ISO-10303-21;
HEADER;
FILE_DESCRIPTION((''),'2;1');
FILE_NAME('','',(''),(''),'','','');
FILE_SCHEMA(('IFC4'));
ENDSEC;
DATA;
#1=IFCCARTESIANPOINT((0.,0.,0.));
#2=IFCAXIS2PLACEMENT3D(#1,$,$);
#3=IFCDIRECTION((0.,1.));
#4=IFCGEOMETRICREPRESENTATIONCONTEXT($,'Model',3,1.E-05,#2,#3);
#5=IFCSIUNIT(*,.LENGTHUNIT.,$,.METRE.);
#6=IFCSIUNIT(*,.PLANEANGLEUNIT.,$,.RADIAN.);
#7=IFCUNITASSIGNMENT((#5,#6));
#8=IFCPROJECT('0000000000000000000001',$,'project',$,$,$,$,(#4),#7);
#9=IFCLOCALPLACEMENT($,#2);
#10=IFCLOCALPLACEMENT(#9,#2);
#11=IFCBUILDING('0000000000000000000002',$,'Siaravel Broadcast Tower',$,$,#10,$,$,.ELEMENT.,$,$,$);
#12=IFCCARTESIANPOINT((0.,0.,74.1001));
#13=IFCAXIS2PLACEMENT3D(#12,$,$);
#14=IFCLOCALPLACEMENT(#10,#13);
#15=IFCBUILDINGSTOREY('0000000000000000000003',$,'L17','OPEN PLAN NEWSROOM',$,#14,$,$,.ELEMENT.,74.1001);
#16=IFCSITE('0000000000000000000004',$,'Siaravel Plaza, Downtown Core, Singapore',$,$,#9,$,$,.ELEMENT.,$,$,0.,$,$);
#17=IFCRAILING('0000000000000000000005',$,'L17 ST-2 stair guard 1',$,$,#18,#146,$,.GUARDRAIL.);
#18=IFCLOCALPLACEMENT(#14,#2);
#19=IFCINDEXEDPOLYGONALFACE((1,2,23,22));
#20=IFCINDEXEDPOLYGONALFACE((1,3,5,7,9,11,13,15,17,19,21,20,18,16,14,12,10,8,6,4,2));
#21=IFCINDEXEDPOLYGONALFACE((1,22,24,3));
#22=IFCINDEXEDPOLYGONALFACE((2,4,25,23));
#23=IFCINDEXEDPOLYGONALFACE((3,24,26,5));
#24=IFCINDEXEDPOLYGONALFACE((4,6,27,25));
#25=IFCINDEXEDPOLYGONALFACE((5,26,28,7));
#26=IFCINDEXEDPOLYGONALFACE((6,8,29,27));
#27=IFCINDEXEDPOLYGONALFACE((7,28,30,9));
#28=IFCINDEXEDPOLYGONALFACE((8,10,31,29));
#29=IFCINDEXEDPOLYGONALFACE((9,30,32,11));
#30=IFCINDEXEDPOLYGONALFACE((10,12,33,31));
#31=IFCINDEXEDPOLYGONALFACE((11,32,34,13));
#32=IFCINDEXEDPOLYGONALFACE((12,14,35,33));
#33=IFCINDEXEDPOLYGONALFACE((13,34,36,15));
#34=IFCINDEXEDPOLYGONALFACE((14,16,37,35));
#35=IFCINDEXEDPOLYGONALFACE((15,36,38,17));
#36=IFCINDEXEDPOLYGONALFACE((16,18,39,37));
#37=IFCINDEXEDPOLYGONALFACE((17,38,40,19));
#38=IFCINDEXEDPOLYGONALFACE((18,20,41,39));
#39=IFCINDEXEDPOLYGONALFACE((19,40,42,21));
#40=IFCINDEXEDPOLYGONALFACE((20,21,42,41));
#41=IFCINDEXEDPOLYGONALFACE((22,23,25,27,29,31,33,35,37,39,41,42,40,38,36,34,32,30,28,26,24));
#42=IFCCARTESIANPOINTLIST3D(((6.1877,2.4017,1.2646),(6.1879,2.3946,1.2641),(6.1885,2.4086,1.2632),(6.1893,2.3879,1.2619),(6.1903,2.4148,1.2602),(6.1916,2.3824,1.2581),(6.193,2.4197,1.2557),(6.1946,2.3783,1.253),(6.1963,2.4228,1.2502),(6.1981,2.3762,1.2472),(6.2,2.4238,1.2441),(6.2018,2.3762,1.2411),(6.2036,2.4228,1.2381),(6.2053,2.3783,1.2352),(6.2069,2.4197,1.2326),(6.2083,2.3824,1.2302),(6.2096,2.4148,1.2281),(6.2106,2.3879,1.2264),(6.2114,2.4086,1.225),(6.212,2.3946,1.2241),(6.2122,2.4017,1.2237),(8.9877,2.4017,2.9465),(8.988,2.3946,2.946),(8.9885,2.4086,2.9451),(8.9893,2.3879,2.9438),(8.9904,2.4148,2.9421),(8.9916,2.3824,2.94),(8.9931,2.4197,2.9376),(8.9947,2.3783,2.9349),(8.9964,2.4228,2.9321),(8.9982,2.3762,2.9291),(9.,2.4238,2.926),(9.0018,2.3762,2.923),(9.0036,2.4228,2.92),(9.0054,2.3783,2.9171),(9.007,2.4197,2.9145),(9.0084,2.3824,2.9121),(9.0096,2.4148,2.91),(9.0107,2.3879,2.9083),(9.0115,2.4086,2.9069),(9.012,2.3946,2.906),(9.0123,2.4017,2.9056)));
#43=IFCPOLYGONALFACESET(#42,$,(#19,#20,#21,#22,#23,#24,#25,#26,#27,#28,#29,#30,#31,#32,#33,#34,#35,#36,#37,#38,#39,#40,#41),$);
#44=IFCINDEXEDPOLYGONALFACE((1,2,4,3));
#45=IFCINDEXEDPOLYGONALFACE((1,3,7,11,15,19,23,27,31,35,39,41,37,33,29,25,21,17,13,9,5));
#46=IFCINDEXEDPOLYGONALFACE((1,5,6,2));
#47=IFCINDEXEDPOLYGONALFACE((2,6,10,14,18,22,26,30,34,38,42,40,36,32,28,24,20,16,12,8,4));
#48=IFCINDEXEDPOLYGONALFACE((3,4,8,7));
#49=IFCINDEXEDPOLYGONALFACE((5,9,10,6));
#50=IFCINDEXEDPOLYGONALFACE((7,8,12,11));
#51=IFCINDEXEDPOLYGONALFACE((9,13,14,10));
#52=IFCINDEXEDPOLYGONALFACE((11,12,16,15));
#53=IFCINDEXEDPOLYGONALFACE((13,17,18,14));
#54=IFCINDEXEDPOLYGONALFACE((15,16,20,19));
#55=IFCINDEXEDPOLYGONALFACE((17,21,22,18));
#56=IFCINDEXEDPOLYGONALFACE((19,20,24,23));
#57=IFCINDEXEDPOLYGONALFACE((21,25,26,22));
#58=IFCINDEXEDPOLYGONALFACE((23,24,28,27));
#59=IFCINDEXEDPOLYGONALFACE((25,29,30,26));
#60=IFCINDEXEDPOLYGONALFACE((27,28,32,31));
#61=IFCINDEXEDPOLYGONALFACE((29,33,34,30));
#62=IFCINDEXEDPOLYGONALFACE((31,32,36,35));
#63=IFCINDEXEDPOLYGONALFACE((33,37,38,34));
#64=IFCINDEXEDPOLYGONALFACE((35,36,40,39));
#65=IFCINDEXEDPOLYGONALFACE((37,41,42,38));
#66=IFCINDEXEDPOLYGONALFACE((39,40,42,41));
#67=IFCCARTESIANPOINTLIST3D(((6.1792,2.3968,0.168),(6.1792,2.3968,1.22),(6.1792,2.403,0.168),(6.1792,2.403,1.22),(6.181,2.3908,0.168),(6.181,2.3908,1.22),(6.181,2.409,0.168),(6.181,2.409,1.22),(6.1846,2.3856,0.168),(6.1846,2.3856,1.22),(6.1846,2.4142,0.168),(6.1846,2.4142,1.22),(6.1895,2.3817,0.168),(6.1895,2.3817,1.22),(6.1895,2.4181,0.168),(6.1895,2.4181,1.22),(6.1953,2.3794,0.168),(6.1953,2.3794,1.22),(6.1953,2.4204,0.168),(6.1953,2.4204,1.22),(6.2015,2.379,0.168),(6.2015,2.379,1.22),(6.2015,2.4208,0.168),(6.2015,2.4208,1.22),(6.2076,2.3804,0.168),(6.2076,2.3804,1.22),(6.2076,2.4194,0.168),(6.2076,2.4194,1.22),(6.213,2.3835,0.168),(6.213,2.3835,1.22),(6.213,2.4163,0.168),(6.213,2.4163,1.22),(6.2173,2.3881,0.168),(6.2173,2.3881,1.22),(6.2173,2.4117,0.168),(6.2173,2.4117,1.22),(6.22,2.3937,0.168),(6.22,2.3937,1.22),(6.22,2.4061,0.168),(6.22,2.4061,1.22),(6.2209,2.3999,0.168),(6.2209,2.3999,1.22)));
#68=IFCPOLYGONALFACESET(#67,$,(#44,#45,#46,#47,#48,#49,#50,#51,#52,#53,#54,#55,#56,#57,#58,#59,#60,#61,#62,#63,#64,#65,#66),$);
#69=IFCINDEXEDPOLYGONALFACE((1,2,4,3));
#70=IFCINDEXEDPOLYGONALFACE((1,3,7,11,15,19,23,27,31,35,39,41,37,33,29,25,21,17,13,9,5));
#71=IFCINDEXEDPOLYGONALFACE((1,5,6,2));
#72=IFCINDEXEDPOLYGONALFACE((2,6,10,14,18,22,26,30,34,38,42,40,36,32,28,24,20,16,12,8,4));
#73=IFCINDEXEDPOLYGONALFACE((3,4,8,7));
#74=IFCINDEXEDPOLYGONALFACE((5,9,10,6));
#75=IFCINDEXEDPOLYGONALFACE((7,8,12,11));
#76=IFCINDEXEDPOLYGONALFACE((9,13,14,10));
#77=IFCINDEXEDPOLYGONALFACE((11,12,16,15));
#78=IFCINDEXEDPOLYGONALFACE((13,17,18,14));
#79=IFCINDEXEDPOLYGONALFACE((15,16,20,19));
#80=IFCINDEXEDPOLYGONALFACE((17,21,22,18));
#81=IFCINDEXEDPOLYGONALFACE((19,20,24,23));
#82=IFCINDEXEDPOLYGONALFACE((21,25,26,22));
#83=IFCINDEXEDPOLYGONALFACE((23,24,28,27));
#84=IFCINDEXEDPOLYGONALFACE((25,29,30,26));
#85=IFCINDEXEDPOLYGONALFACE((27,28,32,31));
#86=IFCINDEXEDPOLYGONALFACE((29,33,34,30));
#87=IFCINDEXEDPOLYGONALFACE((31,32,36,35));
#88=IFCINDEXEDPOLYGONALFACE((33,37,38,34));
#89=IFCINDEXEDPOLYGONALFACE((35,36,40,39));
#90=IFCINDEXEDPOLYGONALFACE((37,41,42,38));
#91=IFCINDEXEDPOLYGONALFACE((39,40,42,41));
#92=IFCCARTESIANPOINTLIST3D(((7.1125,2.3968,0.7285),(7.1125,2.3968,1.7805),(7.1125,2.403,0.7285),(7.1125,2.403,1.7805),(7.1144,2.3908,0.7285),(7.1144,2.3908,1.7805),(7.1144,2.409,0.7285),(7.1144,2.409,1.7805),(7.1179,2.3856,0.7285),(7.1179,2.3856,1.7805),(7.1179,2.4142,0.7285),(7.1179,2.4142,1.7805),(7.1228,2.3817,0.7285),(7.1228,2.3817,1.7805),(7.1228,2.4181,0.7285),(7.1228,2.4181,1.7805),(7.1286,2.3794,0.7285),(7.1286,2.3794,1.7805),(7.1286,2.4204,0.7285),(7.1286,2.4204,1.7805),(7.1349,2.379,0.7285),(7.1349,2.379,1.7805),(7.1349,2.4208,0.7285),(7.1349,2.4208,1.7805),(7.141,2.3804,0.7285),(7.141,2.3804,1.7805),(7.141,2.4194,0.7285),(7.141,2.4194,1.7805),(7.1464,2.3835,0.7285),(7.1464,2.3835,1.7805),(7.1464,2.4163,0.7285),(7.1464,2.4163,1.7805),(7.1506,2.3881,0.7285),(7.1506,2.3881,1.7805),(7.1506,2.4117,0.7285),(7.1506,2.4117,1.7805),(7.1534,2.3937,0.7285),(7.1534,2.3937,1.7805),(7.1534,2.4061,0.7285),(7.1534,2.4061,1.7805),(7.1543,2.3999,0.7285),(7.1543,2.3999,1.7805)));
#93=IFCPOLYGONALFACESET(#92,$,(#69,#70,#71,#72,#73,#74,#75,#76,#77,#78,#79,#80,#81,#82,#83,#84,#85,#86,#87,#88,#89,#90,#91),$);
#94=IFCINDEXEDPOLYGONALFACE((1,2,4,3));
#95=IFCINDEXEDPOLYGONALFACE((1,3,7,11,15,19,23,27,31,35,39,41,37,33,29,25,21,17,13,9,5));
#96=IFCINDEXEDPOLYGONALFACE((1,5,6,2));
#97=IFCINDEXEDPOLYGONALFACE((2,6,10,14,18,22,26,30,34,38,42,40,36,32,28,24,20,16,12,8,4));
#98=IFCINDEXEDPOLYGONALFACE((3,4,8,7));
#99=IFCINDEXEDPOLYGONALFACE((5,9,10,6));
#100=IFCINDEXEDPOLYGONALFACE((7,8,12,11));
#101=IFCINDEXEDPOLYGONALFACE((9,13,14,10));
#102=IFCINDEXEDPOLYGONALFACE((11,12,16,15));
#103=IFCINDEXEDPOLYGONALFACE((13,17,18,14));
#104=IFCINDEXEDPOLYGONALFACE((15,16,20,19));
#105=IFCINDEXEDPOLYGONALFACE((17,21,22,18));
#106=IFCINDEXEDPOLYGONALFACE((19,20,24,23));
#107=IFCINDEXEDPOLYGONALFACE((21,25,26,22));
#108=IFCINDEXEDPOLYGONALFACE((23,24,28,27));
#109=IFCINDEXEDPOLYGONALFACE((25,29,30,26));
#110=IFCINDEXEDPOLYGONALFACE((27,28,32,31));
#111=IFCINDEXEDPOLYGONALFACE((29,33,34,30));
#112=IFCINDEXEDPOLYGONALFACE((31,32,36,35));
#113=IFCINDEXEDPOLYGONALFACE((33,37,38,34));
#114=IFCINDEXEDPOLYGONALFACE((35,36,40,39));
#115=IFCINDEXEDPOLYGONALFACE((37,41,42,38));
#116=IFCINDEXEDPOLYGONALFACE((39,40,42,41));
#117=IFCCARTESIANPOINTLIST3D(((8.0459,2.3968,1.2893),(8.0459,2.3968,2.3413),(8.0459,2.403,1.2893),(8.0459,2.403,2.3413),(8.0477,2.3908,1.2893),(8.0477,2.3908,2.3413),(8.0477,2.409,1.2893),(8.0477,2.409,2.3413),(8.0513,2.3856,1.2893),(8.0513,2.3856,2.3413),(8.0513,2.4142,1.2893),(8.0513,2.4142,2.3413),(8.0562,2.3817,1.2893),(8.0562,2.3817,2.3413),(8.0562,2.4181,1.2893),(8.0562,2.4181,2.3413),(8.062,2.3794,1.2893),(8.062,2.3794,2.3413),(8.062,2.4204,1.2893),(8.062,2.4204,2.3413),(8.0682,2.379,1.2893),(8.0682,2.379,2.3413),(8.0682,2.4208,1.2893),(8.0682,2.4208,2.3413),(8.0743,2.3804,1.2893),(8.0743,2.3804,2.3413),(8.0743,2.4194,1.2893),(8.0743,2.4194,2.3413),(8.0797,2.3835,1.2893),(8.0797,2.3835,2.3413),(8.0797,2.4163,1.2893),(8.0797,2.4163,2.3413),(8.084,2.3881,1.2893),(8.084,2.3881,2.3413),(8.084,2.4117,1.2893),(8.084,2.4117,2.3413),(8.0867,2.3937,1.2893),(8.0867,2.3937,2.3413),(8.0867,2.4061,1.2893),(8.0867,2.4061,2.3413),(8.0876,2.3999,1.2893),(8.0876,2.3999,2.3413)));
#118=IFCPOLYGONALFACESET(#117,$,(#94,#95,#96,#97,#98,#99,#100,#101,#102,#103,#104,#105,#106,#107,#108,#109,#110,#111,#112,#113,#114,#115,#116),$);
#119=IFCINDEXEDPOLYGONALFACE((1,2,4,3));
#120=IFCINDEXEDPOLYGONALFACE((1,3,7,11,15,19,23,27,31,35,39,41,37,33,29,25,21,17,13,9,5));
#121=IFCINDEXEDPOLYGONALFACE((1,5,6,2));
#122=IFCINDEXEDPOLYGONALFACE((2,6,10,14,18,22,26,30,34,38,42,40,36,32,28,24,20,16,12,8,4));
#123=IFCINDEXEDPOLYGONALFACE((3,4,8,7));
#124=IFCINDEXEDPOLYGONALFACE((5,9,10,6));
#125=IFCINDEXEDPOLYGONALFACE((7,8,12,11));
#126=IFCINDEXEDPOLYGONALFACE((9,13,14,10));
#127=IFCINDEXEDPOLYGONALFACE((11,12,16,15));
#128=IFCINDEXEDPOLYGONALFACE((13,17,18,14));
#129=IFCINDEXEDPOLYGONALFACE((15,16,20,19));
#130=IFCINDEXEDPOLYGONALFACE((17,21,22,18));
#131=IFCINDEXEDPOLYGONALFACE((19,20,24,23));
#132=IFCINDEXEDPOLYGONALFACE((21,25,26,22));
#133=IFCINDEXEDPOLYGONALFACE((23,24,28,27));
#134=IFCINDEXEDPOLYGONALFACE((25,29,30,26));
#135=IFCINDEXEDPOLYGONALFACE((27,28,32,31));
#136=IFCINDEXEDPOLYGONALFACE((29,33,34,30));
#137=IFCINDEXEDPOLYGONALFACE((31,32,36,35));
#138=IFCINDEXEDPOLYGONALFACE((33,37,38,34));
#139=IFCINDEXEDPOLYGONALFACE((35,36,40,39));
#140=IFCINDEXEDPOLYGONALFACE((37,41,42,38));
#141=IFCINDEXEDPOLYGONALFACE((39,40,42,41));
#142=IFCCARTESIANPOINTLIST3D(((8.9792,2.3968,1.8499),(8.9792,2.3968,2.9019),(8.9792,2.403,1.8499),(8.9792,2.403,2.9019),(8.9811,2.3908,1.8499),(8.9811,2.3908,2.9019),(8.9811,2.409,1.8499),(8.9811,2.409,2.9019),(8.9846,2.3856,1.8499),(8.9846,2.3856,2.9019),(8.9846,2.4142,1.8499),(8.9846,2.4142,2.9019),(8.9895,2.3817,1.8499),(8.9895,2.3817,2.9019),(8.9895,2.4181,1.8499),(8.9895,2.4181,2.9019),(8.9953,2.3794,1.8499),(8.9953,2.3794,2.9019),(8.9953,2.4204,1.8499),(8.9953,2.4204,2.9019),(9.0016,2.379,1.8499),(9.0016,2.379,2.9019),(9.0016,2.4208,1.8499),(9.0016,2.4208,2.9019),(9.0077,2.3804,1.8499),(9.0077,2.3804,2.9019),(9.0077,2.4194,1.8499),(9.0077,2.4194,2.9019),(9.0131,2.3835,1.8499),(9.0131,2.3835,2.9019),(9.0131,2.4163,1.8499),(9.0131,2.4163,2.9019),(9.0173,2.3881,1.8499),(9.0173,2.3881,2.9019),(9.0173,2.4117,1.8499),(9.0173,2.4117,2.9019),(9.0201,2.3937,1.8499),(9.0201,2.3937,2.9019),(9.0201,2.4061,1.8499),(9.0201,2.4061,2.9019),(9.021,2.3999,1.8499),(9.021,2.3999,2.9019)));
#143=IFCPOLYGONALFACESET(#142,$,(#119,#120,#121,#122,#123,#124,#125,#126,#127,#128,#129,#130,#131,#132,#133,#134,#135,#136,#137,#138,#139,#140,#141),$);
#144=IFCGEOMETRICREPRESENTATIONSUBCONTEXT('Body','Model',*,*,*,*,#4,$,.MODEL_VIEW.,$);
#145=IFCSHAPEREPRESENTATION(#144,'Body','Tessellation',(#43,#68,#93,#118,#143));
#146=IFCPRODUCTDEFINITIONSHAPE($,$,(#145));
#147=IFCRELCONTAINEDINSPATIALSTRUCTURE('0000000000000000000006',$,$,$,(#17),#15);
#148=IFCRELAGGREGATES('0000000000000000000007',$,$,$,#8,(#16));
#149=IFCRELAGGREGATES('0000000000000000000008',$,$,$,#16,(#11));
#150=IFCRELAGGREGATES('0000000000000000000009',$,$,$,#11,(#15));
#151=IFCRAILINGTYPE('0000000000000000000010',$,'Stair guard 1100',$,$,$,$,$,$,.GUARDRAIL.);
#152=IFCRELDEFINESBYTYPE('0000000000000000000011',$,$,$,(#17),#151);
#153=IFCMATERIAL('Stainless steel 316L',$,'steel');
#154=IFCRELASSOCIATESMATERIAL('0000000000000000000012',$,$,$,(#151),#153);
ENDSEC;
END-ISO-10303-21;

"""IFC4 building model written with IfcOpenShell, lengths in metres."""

from ifc_helpers import new_model, si_unit, direction, frame, origin, origin_2d, place, context, subcontext, project, spatial, circle, extrude, material, type_object, element, save


model = new_model("IFC4")

# Units and contexts
model_context = context("Model", 3, precision=1e-05, world=origin(), true_north=direction((0.0, 1.0)))
body_context = subcontext(model_context, "Body", "Model", "MODEL_VIEW")
ifc_project = project(units=[si_unit("LENGTHUNIT", "METRE"), si_unit("PLANEANGLEUNIT", "RADIAN")], contexts=[model_context])

# Site, building, storey
site_placement = place(None, origin())
site = spatial("IfcSite", under=ifc_project, at=site_placement, Name="Siaravel Plaza, Downtown Core, Singapore", CompositionType="ELEMENT", RefElevation=0.0)
building_placement = place(site_placement, origin())
building = spatial("IfcBuilding", under=site, at=building_placement, Name="Siaravel Broadcast Tower", CompositionType="ELEMENT")
storey_placement = place(building_placement, frame((0.0, 0.0, 74.1001)))
storey = spatial("IfcBuildingStorey", under=building, at=storey_placement, Name="L17", Description="OPEN PLAN NEWSROOM", CompositionType="ELEMENT", Elevation=74.1001)

# Railing
ifc_material_1 = material(Name="Stainless steel 316L", Category="steel")
railing_type_1 = type_object("IfcRailingType", Name="Stair guard 1100", PredefinedType="GUARDRAIL", material=ifc_material_1)
railing_1_placement = place(storey_placement, frame((6.2, 2.3999, 0.168)))
element("IfcRailing", 1, at=railing_1_placement, inside=storey, type_object=railing_type_1, Name="L17 ST-2 stair guard 1", PredefinedType="GUARDRAIL", context=body_context, shape_type="SweptSolid", body=[
    extrude(circle(Radius=0.0239, at=origin_2d()), frame((0.0, 0.0, 1.0762), z_axis=(0.857242, 0.0, 0.514913), x_axis=(0.0, 1.0, 0.0)), (0.0, 0.0, 1.0), 3.2664),
    extrude(circle(Radius=0.021, at=origin_2d()), origin(), (0.0, 0.0, 1.0), 1.052),
    extrude(circle(Radius=0.021, at=origin_2d()), frame((0.9333, 0.0, 0.5605)), (0.0, 0.0, 1.0), 1.052),
    extrude(circle(Radius=0.021, at=origin_2d()), frame((1.8667, 0.0, 1.1213)), (0.0, 0.0, 1.0), 1.052),
    extrude(circle(Radius=0.021, at=origin_2d()), frame((2.8, 0.0, 1.6819)), (0.0, 0.0, 1.0), 1.052),
])

save(model, "model.ifc")
